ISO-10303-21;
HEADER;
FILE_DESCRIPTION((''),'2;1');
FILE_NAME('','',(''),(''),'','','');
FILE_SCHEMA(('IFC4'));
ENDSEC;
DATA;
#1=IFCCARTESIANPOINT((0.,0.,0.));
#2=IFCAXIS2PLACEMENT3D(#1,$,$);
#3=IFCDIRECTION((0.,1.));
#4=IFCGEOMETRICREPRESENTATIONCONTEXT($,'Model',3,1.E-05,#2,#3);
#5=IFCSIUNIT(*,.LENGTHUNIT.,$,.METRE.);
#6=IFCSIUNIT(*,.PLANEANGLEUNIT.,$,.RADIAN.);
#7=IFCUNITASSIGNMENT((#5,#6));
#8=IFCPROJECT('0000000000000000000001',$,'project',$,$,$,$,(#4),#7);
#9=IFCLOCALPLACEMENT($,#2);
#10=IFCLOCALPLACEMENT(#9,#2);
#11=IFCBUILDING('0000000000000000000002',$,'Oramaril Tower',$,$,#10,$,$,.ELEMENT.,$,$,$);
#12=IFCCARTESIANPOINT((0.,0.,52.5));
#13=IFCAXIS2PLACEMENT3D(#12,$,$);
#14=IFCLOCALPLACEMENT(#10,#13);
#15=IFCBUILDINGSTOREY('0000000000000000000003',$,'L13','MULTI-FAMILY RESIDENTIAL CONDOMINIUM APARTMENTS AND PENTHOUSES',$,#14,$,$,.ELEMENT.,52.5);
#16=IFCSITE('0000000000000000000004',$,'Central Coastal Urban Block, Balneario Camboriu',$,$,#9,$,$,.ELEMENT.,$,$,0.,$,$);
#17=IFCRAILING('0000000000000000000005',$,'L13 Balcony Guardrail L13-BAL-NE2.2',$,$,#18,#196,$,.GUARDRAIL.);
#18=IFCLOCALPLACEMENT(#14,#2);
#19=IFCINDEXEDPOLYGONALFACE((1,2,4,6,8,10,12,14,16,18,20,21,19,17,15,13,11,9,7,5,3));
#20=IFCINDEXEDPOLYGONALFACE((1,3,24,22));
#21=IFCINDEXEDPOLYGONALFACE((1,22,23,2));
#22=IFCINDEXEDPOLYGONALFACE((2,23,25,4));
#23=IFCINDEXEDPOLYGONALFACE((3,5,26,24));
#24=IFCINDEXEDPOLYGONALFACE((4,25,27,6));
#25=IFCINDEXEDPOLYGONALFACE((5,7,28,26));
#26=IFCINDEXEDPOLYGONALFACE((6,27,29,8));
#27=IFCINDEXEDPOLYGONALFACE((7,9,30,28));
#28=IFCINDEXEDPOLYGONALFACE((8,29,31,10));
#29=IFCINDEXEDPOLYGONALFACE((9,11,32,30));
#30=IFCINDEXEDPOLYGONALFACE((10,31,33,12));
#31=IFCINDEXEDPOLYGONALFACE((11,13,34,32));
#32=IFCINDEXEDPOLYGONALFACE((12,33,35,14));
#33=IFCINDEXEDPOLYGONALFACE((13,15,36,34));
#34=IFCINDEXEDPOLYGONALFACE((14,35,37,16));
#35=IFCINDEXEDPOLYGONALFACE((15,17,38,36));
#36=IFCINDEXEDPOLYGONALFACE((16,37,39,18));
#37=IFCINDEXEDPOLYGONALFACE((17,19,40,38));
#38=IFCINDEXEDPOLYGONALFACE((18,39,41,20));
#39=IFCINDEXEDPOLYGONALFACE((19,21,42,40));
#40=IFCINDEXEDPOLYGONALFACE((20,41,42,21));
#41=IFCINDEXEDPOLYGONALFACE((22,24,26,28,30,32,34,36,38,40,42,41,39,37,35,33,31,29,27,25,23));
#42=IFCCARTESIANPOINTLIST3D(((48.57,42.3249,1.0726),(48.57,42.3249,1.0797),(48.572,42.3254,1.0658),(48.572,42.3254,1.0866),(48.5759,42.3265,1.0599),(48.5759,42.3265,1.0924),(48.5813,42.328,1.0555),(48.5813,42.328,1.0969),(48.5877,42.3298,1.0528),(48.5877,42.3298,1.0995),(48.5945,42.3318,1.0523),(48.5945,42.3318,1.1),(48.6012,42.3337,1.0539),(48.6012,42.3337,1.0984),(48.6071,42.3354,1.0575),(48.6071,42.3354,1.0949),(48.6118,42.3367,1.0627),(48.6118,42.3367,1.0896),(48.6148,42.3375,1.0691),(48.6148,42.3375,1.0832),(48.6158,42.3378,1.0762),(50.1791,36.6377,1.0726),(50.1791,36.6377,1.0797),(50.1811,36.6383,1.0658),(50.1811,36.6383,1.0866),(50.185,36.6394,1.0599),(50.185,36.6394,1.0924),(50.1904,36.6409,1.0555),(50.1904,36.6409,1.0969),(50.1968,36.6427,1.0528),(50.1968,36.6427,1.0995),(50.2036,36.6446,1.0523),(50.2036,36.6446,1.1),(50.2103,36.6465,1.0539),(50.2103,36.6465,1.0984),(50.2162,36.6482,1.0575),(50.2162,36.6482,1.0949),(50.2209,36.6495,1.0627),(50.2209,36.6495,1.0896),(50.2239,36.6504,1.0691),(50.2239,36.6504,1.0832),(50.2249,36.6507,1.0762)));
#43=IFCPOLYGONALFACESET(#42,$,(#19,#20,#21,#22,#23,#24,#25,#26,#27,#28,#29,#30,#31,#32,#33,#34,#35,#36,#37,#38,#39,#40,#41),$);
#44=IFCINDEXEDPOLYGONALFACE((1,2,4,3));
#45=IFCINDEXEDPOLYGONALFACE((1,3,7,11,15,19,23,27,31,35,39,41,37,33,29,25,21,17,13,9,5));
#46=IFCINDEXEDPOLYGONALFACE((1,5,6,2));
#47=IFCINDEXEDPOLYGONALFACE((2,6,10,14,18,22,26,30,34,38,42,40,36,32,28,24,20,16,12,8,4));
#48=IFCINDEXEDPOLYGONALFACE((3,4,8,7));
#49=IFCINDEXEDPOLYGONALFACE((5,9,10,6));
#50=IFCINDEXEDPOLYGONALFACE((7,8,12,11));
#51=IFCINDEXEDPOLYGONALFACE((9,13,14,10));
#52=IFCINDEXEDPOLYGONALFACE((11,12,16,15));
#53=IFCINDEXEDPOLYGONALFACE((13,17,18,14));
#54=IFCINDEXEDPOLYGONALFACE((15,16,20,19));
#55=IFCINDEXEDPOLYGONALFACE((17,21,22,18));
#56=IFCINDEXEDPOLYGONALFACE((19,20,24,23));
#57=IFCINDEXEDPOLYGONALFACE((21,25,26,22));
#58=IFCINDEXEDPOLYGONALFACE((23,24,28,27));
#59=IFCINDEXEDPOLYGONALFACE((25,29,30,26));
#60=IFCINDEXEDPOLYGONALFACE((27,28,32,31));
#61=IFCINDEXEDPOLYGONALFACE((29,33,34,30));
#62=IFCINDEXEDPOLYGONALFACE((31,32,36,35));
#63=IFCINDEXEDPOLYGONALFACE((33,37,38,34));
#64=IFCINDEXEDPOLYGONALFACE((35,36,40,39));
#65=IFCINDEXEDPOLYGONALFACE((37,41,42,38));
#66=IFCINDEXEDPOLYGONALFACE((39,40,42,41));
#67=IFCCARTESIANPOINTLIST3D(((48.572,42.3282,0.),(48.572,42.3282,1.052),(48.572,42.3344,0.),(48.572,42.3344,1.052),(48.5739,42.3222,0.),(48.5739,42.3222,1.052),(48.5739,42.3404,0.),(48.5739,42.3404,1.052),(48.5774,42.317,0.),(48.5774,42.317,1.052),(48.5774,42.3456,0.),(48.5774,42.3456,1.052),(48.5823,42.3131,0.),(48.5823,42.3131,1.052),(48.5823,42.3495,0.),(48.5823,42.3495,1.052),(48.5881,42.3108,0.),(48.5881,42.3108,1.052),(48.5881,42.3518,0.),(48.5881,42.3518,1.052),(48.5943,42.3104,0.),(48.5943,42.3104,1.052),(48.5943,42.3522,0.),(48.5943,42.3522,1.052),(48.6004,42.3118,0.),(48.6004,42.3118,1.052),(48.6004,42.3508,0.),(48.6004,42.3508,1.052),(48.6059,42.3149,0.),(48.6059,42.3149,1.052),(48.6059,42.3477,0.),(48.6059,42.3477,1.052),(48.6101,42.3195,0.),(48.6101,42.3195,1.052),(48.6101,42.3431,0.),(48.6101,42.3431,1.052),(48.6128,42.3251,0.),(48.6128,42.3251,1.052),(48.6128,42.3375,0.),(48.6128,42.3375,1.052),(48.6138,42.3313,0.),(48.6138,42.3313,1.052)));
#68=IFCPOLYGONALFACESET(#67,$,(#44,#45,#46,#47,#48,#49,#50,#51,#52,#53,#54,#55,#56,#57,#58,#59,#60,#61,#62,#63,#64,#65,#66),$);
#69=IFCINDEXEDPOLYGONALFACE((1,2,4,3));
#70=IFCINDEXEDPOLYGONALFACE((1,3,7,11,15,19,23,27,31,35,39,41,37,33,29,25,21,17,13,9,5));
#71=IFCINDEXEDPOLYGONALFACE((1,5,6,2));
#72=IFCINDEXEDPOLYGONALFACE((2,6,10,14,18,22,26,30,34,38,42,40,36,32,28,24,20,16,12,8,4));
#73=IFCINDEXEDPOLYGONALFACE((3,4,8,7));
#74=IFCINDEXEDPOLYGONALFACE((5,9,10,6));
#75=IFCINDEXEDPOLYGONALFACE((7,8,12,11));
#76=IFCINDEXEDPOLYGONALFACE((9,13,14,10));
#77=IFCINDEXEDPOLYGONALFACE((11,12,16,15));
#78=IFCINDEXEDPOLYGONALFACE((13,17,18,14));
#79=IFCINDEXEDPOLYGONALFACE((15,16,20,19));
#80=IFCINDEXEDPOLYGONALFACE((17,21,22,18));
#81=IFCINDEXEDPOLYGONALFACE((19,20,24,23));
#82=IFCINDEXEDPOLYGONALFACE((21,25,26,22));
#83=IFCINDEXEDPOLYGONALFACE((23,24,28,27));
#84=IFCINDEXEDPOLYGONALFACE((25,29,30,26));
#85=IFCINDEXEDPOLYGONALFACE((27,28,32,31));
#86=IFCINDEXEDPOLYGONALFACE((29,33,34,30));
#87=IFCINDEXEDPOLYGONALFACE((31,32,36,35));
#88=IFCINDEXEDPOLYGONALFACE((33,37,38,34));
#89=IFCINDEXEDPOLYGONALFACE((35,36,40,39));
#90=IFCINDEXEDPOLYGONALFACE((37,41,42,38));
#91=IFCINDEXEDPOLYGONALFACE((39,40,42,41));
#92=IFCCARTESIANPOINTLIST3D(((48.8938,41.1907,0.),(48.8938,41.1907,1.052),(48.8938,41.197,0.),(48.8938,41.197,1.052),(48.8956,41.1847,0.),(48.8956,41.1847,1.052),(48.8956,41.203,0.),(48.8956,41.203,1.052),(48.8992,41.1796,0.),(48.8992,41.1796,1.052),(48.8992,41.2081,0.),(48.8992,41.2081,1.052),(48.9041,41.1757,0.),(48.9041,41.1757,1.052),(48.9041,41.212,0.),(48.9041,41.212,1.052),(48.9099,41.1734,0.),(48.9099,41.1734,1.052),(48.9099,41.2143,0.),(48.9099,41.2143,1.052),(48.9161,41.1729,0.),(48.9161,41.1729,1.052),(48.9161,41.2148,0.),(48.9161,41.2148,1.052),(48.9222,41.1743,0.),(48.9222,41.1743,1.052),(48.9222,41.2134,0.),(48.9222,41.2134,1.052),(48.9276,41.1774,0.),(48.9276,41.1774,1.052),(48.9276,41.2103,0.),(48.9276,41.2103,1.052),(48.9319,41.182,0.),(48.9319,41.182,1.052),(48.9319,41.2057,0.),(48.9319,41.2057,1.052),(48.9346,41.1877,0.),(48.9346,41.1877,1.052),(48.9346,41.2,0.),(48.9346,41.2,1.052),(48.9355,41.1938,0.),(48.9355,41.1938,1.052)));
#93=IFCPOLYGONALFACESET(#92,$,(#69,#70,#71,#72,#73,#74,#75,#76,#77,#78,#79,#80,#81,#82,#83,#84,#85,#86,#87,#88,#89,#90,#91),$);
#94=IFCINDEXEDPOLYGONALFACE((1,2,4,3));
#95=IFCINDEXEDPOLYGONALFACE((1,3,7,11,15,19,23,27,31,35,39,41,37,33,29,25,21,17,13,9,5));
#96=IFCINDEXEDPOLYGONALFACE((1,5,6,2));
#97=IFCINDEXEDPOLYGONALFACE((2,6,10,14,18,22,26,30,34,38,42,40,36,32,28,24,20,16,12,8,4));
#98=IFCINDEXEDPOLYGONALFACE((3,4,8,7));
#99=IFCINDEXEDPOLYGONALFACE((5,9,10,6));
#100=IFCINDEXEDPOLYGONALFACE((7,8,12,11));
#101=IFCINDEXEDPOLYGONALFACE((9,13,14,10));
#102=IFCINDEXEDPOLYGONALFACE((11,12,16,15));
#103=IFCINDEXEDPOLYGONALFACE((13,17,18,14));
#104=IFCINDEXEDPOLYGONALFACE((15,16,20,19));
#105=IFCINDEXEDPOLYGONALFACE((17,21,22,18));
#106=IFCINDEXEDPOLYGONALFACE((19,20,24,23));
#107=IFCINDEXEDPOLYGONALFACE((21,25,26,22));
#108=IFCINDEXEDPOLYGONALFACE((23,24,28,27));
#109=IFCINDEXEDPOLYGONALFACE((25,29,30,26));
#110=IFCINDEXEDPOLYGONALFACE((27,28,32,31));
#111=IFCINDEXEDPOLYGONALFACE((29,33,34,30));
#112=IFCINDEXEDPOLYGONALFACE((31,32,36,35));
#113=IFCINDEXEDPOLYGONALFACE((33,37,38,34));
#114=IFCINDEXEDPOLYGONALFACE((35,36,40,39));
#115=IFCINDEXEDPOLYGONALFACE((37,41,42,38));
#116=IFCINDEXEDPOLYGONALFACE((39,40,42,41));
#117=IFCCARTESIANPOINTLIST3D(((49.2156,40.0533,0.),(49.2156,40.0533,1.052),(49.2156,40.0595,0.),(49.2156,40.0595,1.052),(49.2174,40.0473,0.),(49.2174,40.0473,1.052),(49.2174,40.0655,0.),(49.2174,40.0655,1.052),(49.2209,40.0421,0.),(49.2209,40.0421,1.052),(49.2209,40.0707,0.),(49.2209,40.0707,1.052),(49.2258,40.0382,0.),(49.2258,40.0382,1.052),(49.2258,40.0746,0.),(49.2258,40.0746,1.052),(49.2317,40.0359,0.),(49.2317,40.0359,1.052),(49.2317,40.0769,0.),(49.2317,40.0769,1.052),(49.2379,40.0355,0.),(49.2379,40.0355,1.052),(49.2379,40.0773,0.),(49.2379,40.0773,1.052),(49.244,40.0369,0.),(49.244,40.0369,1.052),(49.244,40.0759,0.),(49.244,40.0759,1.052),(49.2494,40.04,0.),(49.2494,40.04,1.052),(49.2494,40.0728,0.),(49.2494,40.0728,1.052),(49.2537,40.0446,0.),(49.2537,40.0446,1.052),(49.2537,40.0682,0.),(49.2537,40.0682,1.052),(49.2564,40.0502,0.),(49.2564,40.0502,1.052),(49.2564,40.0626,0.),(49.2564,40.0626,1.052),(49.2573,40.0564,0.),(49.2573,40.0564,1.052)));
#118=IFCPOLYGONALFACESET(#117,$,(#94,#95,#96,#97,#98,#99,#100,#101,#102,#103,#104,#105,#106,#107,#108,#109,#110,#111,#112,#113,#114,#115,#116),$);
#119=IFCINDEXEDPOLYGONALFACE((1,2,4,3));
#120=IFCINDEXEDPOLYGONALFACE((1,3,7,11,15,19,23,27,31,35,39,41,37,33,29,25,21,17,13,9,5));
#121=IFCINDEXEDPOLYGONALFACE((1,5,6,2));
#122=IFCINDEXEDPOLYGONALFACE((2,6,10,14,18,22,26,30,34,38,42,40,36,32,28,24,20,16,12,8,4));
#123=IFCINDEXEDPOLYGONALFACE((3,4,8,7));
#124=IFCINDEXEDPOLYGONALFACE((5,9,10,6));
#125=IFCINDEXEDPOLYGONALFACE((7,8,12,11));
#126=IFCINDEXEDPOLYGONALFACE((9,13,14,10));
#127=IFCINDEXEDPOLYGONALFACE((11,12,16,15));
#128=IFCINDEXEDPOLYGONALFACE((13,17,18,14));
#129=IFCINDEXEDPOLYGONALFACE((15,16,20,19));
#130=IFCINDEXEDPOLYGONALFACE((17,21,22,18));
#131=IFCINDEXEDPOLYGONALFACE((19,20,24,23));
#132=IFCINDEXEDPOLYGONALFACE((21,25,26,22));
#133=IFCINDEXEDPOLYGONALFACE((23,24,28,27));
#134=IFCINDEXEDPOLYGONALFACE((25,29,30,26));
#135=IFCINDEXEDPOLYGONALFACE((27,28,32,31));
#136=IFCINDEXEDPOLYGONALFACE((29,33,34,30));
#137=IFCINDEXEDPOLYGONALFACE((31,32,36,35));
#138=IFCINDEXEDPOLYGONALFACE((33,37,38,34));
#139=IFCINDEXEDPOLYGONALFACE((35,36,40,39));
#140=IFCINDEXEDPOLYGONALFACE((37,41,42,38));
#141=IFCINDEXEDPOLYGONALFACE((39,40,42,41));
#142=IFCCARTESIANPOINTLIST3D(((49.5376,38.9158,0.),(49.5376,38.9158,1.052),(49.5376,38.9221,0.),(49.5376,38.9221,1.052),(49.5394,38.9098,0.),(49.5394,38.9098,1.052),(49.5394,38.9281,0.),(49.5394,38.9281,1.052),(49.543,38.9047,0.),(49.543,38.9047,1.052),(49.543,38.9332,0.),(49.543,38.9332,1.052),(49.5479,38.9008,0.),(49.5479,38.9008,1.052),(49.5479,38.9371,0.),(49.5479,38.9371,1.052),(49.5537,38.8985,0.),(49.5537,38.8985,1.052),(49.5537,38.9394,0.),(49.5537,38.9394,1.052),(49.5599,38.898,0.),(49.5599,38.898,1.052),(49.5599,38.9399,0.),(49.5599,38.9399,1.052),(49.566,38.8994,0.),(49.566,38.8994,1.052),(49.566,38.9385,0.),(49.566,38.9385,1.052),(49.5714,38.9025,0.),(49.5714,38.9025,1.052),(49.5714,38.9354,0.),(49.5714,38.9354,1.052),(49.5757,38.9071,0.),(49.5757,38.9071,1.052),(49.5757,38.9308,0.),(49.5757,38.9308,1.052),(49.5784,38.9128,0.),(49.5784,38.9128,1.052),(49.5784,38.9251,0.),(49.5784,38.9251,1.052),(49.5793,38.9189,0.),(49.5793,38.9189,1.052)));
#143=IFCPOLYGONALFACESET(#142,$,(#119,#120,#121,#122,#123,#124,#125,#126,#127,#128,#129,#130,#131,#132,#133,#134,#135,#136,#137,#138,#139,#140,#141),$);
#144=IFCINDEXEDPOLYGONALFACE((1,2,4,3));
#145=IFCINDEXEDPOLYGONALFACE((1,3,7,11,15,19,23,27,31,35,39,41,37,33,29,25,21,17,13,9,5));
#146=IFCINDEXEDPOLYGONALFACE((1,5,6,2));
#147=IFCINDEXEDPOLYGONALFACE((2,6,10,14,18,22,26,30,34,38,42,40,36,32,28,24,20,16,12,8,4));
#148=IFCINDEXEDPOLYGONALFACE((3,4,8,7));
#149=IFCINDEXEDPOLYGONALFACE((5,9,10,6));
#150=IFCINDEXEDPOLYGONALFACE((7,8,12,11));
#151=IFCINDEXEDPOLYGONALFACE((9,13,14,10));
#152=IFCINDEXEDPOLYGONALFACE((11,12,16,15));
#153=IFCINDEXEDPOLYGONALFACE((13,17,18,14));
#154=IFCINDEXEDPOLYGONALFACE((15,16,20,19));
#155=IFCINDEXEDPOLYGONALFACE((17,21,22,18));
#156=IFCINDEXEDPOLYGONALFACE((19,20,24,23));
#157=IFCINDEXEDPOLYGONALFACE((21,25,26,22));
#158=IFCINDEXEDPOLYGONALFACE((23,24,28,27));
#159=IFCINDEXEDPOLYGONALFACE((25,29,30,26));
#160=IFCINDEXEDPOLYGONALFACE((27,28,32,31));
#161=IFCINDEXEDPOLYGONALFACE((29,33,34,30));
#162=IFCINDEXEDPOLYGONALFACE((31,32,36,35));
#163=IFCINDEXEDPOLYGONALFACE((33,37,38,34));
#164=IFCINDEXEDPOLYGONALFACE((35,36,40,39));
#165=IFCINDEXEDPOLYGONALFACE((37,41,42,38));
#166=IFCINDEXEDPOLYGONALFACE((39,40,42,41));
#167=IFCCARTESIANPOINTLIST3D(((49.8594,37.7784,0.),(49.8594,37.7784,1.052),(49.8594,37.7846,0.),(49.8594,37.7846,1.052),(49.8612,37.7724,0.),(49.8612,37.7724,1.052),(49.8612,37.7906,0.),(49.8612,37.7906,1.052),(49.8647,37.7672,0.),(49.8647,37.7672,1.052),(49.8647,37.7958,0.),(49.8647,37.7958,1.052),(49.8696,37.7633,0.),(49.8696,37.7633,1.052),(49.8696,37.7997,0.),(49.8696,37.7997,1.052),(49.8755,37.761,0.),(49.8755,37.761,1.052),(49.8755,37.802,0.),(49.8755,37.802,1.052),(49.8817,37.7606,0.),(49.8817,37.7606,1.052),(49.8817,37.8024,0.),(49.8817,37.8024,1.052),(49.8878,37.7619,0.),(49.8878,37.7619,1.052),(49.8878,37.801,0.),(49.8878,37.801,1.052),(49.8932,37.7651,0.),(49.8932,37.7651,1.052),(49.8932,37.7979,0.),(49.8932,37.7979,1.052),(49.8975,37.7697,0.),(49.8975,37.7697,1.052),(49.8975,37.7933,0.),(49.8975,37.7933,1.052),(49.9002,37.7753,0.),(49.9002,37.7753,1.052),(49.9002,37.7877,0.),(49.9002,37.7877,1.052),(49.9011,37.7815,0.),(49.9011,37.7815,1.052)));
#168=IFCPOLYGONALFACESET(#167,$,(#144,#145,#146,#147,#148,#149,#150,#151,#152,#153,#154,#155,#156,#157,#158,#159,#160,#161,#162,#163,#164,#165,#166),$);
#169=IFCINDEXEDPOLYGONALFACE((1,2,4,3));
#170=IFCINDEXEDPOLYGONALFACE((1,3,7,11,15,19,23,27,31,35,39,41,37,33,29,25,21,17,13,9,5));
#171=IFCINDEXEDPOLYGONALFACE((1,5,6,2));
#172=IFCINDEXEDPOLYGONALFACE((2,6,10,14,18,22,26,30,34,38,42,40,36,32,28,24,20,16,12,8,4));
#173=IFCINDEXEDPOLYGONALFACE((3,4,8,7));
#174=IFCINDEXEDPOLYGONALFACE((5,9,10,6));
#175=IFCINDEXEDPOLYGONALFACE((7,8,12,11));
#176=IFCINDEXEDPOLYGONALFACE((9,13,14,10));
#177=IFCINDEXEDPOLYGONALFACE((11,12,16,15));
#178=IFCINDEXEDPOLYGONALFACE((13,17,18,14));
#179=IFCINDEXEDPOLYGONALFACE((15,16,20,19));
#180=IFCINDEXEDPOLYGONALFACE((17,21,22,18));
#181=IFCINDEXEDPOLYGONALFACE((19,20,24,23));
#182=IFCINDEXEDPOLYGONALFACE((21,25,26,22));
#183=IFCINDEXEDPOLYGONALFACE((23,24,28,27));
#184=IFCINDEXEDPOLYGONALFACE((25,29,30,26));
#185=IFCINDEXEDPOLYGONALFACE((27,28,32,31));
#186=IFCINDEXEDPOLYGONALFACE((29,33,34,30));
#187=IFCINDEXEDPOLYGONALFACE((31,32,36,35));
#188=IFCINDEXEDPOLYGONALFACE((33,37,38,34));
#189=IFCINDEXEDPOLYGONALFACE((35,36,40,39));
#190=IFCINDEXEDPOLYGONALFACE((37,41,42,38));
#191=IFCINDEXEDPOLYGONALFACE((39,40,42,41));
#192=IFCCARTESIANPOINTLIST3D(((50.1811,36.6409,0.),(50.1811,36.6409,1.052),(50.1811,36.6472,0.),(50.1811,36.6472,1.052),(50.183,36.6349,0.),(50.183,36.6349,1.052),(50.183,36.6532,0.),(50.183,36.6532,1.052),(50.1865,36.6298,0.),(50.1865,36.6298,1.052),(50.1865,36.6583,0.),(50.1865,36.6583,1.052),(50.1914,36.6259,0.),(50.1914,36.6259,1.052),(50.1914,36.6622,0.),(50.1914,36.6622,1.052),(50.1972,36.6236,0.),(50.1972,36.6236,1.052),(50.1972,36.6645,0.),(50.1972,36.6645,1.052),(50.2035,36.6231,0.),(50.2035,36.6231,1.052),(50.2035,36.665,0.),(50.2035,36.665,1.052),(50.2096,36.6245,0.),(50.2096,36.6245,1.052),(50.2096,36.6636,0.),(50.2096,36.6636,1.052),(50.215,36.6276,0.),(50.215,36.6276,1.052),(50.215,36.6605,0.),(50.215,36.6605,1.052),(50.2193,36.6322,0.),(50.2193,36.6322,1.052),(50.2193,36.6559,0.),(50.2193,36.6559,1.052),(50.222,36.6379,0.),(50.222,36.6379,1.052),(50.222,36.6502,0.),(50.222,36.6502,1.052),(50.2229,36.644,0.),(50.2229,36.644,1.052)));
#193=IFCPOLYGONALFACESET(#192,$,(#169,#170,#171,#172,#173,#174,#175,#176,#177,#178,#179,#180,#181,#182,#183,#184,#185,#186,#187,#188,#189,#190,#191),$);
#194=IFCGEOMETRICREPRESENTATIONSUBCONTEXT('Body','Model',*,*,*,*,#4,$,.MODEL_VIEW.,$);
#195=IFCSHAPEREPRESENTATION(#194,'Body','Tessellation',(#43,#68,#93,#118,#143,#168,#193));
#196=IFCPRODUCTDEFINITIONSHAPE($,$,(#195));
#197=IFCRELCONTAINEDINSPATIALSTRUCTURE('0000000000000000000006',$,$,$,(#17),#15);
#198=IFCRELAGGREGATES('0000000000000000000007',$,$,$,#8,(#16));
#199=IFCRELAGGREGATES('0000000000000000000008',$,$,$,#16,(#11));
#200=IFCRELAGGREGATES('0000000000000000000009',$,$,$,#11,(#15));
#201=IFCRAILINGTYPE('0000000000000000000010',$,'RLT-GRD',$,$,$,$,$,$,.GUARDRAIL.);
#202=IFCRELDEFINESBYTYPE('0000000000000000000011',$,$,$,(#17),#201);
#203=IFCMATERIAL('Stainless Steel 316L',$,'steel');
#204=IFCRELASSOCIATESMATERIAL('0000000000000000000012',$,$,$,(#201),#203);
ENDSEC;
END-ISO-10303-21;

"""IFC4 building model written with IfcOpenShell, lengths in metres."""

from ifc_helpers import new_model, si_unit, direction, frame, origin, origin_2d, place, context, subcontext, project, spatial, circle, extrude, material, type_object, element, save


model = new_model("IFC4")

# Units and contexts
model_context = context("Model", 3, precision=1e-05, world=origin(), true_north=direction((0.0, 1.0)))
body_context = subcontext(model_context, "Body", "Model", "MODEL_VIEW")
ifc_project = project(units=[si_unit("LENGTHUNIT", "METRE"), si_unit("PLANEANGLEUNIT", "RADIAN")], contexts=[model_context])

# Site, building, storey
site_placement = place(None, origin())
site = spatial("IfcSite", under=ifc_project, at=site_placement, Name="Central Coastal Urban Block, Balneario Camboriu", CompositionType="ELEMENT", RefElevation=0.0)
building_placement = place(site_placement, origin())
building = spatial("IfcBuilding", under=site, at=building_placement, Name="Oramaril Tower", CompositionType="ELEMENT")
storey_placement = place(building_placement, frame((0.0, 0.0, 52.5)))
storey = spatial("IfcBuildingStorey", under=building, at=storey_placement, Name="L13", Description="MULTI-FAMILY RESIDENTIAL CONDOMINIUM APARTMENTS AND PENTHOUSES", CompositionType="ELEMENT", Elevation=52.5)

# Railing
ifc_material_1 = material(Name="Stainless Steel 316L", Category="steel")
railing_type = type_object("IfcRailingType", Name="RLT-GRD", PredefinedType="GUARDRAIL", material=ifc_material_1)
railing_1_placement = place(storey_placement, frame((48.5928, 42.3313, 0.0)))
element("IfcRailing", 1, at=railing_1_placement, inside=storey, type_object=railing_type, Name="L13 Balcony Guardrail L13-BAL-NE2.2", PredefinedType="GUARDRAIL", context=body_context, shape_type="SweptSolid", body=[
    extrude(circle(Radius=0.0239, at=origin_2d()), frame((0.0, 0.0, 1.0762), z_axis=(0.272249, -0.962227, 0.0), x_axis=(0.962227, 0.272249, 0.0)), (0.0, 0.0, 1.0), 5.9104),
    extrude(circle(Radius=0.021, at=origin_2d()), origin(), (0.0, 0.0, 1.0), 1.052),
    extrude(circle(Radius=0.021, at=origin_2d()), frame((0.3218, -1.1375, 0.0)), (0.0, 0.0, 1.0), 1.052),
    extrude(circle(Radius=0.021, at=origin_2d()), frame((0.6436, -2.2749, 0.0)), (0.0, 0.0, 1.0), 1.052),
    extrude(circle(Radius=0.021, at=origin_2d()), frame((0.9656, -3.4124, 0.0)), (0.0, 0.0, 1.0), 1.052),
    extrude(circle(Radius=0.021, at=origin_2d()), frame((1.2874, -4.5498, 0.0)), (0.0, 0.0, 1.0), 1.052),
    extrude(circle(Radius=0.021, at=origin_2d()), frame((1.6091, -5.6873, 0.0)), (0.0, 0.0, 1.0), 1.052),
])

save(model, "model.ifc")
